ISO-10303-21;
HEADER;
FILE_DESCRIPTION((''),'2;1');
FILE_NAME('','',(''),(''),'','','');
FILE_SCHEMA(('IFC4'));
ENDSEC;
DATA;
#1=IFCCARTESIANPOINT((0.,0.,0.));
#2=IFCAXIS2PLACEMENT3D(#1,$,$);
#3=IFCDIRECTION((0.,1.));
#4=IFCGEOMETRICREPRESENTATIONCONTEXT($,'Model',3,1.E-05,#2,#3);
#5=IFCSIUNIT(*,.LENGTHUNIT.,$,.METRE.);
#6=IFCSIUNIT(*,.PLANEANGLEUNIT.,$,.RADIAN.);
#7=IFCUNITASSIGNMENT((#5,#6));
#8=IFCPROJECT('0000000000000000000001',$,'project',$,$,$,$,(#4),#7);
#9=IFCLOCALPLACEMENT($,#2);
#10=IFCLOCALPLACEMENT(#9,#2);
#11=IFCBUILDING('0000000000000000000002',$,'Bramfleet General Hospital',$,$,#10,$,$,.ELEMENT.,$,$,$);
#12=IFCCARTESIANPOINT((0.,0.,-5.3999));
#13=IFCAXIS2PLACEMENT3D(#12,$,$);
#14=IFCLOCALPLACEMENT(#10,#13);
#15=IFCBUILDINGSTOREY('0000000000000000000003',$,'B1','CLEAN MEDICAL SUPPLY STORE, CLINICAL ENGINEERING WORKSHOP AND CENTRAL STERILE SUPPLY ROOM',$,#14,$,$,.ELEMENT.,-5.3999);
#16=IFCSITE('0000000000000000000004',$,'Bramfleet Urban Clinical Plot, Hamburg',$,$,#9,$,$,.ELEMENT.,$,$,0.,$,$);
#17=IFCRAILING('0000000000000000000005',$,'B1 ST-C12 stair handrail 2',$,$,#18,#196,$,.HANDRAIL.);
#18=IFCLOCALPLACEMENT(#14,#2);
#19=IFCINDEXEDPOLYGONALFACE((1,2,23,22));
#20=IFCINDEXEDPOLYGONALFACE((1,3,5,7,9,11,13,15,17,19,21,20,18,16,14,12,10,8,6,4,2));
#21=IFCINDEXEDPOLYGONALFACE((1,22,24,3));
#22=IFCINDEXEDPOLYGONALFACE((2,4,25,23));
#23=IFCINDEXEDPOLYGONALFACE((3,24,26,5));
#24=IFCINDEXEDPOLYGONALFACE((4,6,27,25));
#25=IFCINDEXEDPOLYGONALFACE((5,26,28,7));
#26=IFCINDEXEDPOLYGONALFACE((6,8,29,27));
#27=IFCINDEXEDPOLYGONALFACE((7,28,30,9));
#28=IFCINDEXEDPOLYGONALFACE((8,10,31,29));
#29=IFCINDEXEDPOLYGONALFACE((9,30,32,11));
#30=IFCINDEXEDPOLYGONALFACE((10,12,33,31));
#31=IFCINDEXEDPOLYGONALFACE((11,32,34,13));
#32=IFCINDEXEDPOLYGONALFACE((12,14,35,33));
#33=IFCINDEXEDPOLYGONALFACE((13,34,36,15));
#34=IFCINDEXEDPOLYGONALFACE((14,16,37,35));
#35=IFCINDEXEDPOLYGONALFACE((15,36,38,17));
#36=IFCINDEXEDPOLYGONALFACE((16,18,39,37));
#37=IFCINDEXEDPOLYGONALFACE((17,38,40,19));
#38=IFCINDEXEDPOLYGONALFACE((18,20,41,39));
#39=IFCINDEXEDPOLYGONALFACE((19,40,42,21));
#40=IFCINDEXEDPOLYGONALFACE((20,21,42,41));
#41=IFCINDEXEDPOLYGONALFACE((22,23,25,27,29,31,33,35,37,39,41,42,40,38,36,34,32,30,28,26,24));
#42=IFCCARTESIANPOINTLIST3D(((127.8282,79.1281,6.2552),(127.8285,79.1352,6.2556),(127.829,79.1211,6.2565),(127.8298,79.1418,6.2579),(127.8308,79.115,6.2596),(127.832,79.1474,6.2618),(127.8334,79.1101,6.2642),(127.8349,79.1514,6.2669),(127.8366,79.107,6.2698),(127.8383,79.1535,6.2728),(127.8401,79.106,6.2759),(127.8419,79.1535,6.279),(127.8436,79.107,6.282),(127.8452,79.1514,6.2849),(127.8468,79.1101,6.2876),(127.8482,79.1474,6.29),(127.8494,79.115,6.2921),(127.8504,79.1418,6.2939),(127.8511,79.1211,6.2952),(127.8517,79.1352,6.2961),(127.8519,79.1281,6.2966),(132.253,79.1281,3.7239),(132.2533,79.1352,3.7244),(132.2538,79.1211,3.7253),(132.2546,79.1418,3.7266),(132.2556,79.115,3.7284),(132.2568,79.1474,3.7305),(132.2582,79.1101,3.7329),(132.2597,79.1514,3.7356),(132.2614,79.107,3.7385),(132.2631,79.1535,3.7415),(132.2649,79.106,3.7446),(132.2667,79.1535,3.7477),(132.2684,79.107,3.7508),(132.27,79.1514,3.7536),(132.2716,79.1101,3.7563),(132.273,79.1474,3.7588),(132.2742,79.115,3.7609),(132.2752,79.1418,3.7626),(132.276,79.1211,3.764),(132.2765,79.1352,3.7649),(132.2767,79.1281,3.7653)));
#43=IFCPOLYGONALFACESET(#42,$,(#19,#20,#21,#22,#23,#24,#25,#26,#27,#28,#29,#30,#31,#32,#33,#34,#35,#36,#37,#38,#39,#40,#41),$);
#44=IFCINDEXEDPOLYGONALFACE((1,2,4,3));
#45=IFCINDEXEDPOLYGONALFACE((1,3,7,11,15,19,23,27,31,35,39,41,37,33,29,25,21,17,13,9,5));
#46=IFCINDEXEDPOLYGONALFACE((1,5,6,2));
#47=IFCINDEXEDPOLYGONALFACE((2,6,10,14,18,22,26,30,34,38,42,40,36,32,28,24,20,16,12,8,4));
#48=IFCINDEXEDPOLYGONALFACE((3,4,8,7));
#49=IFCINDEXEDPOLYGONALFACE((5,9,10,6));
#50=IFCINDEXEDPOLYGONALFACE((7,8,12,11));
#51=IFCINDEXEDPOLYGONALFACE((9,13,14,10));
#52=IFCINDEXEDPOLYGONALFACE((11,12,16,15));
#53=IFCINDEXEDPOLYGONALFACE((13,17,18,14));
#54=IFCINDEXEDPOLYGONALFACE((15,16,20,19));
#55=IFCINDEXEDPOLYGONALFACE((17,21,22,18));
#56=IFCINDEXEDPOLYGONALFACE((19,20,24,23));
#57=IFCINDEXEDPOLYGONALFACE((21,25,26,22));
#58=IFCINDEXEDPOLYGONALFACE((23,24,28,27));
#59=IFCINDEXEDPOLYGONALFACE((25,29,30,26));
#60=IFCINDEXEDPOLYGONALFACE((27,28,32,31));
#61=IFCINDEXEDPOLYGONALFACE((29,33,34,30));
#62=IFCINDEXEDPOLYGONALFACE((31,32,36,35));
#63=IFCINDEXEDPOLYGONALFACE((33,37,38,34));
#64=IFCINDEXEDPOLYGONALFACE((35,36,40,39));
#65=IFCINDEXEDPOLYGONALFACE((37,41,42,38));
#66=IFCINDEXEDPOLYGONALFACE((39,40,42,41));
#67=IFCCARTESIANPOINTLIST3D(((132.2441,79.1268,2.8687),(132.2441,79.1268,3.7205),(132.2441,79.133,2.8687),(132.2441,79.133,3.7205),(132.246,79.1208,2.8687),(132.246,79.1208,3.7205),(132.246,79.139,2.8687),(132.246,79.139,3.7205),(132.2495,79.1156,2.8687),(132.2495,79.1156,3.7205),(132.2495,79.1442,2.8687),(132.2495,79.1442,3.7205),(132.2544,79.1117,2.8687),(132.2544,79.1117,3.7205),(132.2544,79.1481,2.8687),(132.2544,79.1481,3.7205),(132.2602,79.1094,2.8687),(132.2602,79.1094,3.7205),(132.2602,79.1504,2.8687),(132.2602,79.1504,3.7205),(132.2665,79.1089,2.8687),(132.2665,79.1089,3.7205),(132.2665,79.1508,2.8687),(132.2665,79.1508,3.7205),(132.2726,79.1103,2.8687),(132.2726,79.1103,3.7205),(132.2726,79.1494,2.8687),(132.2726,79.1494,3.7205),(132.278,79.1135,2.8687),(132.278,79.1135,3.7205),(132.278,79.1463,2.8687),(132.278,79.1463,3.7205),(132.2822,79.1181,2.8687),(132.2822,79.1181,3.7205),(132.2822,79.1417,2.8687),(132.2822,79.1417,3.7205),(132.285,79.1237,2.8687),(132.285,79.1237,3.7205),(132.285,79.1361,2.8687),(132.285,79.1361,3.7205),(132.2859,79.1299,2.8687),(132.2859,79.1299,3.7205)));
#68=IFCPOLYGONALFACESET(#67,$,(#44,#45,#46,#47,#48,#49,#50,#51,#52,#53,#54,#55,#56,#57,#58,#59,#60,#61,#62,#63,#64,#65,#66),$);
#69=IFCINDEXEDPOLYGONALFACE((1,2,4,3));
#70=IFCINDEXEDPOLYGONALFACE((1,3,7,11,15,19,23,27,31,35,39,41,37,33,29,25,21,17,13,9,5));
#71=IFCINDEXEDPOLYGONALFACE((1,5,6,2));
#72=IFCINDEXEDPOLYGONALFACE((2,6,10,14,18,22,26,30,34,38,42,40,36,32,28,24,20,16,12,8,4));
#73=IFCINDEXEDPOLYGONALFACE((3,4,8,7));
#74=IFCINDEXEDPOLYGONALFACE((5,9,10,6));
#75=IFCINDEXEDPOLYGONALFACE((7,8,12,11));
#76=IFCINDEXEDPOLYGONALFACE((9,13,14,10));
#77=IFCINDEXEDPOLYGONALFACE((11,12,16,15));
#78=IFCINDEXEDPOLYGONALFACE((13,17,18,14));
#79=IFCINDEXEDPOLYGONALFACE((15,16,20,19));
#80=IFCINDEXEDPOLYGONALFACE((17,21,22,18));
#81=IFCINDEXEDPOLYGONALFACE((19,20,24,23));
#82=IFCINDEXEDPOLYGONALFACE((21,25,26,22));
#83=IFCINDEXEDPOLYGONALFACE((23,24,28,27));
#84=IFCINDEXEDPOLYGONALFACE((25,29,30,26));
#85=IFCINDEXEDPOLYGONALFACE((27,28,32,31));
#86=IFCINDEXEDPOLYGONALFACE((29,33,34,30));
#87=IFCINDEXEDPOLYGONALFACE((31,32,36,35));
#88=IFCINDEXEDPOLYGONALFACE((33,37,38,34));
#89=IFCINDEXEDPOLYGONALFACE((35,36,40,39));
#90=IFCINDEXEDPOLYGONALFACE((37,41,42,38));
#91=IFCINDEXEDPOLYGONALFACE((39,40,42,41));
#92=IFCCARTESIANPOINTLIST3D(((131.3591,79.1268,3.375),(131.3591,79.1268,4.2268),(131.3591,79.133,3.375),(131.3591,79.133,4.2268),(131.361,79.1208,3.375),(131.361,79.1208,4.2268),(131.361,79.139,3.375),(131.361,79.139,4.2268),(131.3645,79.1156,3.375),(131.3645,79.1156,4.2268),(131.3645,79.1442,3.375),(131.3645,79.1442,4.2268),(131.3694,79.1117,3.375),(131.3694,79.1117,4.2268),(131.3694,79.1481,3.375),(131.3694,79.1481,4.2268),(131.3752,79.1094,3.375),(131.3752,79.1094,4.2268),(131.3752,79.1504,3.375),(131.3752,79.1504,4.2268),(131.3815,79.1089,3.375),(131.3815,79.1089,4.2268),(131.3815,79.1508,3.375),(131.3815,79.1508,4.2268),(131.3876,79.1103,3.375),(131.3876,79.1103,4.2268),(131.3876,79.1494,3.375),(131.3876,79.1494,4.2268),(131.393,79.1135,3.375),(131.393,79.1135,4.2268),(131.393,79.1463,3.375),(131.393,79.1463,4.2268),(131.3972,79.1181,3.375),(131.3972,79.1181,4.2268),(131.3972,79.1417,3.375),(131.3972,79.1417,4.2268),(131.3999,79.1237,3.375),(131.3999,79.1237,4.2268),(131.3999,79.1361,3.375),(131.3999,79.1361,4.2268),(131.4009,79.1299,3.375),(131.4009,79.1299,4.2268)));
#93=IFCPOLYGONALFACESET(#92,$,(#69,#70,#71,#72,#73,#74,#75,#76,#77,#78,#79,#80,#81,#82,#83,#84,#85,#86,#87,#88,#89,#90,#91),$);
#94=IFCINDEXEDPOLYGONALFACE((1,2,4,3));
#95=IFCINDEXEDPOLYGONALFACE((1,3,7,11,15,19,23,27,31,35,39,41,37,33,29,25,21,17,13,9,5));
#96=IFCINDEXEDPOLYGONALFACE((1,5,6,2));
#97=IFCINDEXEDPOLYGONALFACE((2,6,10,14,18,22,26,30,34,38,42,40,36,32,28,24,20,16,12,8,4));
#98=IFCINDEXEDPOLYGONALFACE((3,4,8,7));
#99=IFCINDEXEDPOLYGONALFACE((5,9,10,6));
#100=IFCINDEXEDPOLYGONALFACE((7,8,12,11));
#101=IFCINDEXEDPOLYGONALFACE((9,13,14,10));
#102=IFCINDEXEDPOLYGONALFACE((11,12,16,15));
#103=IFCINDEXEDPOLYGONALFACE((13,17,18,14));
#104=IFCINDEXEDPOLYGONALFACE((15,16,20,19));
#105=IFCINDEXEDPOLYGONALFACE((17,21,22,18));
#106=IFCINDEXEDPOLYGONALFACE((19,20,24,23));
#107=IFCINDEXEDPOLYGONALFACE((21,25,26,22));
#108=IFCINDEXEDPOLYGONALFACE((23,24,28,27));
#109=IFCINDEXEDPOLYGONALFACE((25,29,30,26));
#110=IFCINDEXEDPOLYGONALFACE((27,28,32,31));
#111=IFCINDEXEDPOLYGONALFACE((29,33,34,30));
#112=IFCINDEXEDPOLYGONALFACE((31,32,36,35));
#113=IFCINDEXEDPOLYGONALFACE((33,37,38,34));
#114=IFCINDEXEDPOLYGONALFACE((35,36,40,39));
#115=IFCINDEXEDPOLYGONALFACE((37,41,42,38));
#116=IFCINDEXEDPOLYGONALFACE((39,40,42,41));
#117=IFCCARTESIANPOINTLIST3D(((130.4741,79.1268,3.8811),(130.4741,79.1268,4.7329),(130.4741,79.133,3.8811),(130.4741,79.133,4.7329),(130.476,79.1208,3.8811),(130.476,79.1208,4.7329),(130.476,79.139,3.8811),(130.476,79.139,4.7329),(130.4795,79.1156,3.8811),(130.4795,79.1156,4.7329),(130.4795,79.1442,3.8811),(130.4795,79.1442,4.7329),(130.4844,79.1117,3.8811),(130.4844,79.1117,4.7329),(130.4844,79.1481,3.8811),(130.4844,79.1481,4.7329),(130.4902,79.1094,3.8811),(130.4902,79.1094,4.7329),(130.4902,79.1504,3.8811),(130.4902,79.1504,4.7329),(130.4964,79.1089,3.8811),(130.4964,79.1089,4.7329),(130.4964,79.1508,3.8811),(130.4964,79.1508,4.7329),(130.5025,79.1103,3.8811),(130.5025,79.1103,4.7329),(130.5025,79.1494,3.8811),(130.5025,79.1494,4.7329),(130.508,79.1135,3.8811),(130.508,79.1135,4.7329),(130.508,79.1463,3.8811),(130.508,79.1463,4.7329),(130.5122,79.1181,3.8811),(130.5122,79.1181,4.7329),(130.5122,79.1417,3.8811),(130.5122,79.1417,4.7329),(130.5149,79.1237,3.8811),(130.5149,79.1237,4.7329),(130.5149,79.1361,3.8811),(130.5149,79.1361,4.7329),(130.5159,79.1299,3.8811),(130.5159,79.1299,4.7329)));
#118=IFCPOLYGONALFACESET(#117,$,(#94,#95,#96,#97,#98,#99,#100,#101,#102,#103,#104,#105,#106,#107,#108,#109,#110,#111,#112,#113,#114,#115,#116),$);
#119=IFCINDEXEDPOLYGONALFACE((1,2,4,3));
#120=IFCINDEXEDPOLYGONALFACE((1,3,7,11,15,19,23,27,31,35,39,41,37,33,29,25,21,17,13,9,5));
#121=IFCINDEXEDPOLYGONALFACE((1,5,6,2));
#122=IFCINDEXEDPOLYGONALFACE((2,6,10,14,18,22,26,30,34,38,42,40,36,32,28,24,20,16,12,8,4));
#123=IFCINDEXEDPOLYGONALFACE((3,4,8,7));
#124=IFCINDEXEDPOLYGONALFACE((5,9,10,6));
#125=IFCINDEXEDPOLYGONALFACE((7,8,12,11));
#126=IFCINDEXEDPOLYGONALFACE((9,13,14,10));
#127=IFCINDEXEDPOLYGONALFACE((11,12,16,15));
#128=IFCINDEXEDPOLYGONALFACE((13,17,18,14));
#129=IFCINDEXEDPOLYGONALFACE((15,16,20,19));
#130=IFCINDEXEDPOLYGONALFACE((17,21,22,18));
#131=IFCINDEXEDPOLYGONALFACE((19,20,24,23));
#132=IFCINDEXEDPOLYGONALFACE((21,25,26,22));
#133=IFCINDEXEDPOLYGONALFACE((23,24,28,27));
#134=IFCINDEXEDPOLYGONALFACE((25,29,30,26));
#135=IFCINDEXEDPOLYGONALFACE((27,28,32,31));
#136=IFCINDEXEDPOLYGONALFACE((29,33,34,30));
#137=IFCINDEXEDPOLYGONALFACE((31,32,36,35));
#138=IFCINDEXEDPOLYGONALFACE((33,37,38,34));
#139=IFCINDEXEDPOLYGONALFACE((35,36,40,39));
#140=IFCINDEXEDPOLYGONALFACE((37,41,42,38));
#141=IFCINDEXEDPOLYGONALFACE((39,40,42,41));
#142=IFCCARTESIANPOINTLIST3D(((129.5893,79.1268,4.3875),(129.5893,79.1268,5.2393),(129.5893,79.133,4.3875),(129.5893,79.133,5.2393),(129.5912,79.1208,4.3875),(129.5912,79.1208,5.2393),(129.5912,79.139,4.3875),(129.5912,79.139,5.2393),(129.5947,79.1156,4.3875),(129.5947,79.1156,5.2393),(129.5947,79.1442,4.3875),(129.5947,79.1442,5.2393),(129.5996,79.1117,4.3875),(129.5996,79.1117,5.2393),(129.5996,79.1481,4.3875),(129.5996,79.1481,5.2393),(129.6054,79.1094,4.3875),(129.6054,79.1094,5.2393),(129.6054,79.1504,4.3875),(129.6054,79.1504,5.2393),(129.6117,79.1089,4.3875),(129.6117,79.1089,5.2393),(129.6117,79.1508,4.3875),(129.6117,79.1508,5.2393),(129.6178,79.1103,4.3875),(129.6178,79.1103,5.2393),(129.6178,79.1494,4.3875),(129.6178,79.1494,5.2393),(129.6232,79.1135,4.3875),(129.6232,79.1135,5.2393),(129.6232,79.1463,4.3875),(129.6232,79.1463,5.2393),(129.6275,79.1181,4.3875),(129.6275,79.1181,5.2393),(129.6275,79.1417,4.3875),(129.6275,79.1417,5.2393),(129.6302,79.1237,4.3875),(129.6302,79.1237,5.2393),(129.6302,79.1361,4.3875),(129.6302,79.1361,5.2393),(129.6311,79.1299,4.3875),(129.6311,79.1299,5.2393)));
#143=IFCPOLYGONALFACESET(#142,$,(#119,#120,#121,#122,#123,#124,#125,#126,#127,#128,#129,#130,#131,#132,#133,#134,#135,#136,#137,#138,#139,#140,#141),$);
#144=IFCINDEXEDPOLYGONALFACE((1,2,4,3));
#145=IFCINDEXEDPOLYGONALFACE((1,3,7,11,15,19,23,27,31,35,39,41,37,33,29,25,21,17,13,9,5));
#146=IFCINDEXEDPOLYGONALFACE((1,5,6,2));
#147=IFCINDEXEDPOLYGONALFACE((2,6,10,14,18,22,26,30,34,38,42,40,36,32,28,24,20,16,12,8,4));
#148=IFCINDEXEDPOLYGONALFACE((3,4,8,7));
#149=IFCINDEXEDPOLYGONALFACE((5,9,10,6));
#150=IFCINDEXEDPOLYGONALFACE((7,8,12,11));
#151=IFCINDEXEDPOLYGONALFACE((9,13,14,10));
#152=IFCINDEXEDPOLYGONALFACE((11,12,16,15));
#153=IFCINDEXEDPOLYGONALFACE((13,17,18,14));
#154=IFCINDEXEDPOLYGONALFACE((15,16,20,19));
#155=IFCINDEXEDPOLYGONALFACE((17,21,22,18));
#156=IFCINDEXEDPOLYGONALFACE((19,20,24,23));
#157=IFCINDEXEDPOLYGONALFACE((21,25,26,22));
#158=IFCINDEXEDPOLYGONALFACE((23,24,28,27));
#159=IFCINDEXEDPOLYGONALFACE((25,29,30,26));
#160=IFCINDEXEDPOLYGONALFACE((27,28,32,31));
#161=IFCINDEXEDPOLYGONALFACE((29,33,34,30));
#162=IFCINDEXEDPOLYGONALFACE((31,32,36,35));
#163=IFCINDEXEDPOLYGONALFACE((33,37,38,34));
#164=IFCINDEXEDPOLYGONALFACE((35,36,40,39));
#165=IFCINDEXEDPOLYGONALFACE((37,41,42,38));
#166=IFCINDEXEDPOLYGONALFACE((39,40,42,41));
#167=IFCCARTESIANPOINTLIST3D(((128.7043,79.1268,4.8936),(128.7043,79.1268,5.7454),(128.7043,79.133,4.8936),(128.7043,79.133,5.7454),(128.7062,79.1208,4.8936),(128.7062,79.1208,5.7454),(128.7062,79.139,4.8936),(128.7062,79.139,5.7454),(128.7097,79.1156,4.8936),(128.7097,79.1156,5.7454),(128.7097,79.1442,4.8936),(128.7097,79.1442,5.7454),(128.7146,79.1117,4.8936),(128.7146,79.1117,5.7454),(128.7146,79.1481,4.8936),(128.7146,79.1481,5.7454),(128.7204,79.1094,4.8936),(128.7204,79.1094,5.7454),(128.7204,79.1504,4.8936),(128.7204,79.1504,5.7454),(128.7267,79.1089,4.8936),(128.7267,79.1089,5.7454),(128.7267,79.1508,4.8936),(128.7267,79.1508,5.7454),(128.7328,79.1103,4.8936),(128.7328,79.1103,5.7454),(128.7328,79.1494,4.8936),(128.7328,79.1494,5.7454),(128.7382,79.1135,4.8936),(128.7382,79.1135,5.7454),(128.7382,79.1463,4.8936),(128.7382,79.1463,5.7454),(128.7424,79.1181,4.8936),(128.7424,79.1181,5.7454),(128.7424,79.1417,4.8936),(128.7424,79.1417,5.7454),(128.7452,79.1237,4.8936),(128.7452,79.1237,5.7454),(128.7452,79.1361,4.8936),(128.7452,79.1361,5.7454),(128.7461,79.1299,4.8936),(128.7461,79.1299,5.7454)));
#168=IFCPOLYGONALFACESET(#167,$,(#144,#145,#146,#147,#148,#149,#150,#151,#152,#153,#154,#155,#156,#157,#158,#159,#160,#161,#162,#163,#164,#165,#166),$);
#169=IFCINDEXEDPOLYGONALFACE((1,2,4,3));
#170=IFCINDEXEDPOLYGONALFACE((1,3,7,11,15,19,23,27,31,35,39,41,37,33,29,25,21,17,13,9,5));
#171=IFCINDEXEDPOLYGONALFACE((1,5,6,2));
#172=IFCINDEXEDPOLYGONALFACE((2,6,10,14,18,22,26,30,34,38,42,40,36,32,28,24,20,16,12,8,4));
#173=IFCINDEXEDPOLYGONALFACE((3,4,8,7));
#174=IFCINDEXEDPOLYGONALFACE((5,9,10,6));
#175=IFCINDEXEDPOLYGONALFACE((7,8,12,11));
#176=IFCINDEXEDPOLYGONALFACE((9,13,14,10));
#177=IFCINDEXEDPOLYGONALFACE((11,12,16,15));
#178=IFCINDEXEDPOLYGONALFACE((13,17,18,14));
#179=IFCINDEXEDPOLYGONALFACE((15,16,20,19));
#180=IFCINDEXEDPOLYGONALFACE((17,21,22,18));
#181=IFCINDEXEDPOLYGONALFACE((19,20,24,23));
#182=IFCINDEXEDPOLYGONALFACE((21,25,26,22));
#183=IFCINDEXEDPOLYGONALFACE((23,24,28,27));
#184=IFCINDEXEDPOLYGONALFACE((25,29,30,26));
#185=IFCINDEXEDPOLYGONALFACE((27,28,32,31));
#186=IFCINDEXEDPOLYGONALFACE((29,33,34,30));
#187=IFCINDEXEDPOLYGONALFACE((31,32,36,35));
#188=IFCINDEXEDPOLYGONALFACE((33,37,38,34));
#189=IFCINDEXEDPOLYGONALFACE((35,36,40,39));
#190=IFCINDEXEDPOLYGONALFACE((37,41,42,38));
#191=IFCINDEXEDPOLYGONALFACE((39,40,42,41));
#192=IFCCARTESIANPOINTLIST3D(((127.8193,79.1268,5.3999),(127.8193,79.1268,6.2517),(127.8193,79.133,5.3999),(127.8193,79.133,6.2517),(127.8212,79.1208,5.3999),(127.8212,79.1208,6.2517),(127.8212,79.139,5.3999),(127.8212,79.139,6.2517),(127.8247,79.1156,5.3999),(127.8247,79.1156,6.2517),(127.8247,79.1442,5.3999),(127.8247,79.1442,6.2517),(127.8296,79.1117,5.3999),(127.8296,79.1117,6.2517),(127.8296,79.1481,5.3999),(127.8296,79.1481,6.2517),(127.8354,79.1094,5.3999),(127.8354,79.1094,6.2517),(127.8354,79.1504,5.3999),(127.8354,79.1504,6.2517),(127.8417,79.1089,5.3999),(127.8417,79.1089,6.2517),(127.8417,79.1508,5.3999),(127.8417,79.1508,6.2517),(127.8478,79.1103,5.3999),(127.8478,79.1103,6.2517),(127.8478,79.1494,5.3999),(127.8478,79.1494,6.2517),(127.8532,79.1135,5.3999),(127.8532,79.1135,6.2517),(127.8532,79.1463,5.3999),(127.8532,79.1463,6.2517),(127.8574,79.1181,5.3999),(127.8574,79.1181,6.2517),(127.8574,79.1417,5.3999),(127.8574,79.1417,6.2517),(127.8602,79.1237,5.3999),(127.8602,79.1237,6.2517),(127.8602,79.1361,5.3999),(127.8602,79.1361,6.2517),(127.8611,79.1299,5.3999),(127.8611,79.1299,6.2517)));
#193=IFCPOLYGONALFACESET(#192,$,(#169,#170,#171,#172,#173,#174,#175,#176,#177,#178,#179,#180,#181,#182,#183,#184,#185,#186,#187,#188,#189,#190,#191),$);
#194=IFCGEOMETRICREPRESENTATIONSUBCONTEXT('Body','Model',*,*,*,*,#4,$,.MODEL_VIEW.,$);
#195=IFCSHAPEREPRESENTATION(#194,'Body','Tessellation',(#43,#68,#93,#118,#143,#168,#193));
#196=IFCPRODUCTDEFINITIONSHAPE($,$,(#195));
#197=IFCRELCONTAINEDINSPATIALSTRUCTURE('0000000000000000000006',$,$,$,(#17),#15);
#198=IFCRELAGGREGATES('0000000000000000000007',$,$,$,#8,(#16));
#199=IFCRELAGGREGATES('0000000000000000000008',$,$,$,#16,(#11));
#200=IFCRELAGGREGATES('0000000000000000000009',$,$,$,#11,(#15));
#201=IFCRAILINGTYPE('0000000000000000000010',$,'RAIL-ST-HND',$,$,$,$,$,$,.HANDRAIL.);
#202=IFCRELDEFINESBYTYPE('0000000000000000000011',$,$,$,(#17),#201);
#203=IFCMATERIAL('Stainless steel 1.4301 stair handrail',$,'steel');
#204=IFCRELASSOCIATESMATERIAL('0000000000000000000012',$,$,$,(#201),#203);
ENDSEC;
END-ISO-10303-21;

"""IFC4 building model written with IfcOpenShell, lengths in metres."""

from ifc_helpers import new_model, si_unit, direction, frame, origin, origin_2d, place, context, subcontext, project, spatial, circle, extrude, material, type_object, element, save


model = new_model("IFC4")

# Units and contexts
model_context = context("Model", 3, precision=1e-05, world=origin(), true_north=direction((0.0, 1.0)))
body_context = subcontext(model_context, "Body", "Model", "MODEL_VIEW")
ifc_project = project(units=[si_unit("LENGTHUNIT", "METRE"), si_unit("PLANEANGLEUNIT", "RADIAN")], contexts=[model_context])

# Site, building, storey
site_placement = place(None, origin())
site = spatial("IfcSite", under=ifc_project, at=site_placement, Name="Bramfleet Urban Clinical Plot, Hamburg", CompositionType="ELEMENT", RefElevation=0.0)
building_placement = place(site_placement, origin())
building = spatial("IfcBuilding", under=site, at=building_placement, Name="Bramfleet General Hospital", CompositionType="ELEMENT")
storey_placement = place(building_placement, frame((0.0, 0.0, -5.3999)))
storey = spatial("IfcBuildingStorey", under=building, at=storey_placement, Name="B1", Description="CLEAN MEDICAL SUPPLY STORE, CLINICAL ENGINEERING WORKSHOP AND CENTRAL STERILE SUPPLY ROOM", CompositionType="ELEMENT", Elevation=-5.3999)

# Railing
ifc_material_1 = material(Name="Stainless steel 1.4301 stair handrail", Category="steel")
railing_type_1 = type_object("IfcRailingType", Name="RAIL-ST-HND", PredefinedType="HANDRAIL", material=ifc_material_1)
railing_1_placement = place(storey_placement, frame((132.2649, 79.1299, 2.8687)))
element("IfcRailing", 1, at=railing_1_placement, inside=storey, type_object=railing_type_1, Name="B1 ST-C12 stair handrail 2", PredefinedType="HANDRAIL", context=body_context, shape_type="SweptSolid", body=[
    extrude(circle(Radius=0.0239, at=origin_2d()), frame((0.0, 0.0, 0.876), z_axis=(-0.868007, 0.0, 0.496551), x_axis=(0.0, -1.0, 0.0)), (0.0, 0.0, 1.0), 5.0977),
    extrude(circle(Radius=0.021, at=origin_2d()), origin(), (0.0, 0.0, 1.0), 0.8518),
    extrude(circle(Radius=0.021, at=origin_2d()), frame((-0.885, 0.0, 0.5063)), (0.0, 0.0, 1.0), 0.8518),
    extrude(circle(Radius=0.021, at=origin_2d()), frame((-1.77, 0.0, 1.0125)), (0.0, 0.0, 1.0), 0.8518),
    extrude(circle(Radius=0.021, at=origin_2d()), frame((-2.6548, 0.0, 1.5188)), (0.0, 0.0, 1.0), 0.8518),
    extrude(circle(Radius=0.021, at=origin_2d()), frame((-3.5398, 0.0, 2.0249)), (0.0, 0.0, 1.0), 0.8518),
    extrude(circle(Radius=0.021, at=origin_2d()), frame((-4.4248, 0.0, 2.5312)), (0.0, 0.0, 1.0), 0.8518),
])

save(model, "model.ifc")
